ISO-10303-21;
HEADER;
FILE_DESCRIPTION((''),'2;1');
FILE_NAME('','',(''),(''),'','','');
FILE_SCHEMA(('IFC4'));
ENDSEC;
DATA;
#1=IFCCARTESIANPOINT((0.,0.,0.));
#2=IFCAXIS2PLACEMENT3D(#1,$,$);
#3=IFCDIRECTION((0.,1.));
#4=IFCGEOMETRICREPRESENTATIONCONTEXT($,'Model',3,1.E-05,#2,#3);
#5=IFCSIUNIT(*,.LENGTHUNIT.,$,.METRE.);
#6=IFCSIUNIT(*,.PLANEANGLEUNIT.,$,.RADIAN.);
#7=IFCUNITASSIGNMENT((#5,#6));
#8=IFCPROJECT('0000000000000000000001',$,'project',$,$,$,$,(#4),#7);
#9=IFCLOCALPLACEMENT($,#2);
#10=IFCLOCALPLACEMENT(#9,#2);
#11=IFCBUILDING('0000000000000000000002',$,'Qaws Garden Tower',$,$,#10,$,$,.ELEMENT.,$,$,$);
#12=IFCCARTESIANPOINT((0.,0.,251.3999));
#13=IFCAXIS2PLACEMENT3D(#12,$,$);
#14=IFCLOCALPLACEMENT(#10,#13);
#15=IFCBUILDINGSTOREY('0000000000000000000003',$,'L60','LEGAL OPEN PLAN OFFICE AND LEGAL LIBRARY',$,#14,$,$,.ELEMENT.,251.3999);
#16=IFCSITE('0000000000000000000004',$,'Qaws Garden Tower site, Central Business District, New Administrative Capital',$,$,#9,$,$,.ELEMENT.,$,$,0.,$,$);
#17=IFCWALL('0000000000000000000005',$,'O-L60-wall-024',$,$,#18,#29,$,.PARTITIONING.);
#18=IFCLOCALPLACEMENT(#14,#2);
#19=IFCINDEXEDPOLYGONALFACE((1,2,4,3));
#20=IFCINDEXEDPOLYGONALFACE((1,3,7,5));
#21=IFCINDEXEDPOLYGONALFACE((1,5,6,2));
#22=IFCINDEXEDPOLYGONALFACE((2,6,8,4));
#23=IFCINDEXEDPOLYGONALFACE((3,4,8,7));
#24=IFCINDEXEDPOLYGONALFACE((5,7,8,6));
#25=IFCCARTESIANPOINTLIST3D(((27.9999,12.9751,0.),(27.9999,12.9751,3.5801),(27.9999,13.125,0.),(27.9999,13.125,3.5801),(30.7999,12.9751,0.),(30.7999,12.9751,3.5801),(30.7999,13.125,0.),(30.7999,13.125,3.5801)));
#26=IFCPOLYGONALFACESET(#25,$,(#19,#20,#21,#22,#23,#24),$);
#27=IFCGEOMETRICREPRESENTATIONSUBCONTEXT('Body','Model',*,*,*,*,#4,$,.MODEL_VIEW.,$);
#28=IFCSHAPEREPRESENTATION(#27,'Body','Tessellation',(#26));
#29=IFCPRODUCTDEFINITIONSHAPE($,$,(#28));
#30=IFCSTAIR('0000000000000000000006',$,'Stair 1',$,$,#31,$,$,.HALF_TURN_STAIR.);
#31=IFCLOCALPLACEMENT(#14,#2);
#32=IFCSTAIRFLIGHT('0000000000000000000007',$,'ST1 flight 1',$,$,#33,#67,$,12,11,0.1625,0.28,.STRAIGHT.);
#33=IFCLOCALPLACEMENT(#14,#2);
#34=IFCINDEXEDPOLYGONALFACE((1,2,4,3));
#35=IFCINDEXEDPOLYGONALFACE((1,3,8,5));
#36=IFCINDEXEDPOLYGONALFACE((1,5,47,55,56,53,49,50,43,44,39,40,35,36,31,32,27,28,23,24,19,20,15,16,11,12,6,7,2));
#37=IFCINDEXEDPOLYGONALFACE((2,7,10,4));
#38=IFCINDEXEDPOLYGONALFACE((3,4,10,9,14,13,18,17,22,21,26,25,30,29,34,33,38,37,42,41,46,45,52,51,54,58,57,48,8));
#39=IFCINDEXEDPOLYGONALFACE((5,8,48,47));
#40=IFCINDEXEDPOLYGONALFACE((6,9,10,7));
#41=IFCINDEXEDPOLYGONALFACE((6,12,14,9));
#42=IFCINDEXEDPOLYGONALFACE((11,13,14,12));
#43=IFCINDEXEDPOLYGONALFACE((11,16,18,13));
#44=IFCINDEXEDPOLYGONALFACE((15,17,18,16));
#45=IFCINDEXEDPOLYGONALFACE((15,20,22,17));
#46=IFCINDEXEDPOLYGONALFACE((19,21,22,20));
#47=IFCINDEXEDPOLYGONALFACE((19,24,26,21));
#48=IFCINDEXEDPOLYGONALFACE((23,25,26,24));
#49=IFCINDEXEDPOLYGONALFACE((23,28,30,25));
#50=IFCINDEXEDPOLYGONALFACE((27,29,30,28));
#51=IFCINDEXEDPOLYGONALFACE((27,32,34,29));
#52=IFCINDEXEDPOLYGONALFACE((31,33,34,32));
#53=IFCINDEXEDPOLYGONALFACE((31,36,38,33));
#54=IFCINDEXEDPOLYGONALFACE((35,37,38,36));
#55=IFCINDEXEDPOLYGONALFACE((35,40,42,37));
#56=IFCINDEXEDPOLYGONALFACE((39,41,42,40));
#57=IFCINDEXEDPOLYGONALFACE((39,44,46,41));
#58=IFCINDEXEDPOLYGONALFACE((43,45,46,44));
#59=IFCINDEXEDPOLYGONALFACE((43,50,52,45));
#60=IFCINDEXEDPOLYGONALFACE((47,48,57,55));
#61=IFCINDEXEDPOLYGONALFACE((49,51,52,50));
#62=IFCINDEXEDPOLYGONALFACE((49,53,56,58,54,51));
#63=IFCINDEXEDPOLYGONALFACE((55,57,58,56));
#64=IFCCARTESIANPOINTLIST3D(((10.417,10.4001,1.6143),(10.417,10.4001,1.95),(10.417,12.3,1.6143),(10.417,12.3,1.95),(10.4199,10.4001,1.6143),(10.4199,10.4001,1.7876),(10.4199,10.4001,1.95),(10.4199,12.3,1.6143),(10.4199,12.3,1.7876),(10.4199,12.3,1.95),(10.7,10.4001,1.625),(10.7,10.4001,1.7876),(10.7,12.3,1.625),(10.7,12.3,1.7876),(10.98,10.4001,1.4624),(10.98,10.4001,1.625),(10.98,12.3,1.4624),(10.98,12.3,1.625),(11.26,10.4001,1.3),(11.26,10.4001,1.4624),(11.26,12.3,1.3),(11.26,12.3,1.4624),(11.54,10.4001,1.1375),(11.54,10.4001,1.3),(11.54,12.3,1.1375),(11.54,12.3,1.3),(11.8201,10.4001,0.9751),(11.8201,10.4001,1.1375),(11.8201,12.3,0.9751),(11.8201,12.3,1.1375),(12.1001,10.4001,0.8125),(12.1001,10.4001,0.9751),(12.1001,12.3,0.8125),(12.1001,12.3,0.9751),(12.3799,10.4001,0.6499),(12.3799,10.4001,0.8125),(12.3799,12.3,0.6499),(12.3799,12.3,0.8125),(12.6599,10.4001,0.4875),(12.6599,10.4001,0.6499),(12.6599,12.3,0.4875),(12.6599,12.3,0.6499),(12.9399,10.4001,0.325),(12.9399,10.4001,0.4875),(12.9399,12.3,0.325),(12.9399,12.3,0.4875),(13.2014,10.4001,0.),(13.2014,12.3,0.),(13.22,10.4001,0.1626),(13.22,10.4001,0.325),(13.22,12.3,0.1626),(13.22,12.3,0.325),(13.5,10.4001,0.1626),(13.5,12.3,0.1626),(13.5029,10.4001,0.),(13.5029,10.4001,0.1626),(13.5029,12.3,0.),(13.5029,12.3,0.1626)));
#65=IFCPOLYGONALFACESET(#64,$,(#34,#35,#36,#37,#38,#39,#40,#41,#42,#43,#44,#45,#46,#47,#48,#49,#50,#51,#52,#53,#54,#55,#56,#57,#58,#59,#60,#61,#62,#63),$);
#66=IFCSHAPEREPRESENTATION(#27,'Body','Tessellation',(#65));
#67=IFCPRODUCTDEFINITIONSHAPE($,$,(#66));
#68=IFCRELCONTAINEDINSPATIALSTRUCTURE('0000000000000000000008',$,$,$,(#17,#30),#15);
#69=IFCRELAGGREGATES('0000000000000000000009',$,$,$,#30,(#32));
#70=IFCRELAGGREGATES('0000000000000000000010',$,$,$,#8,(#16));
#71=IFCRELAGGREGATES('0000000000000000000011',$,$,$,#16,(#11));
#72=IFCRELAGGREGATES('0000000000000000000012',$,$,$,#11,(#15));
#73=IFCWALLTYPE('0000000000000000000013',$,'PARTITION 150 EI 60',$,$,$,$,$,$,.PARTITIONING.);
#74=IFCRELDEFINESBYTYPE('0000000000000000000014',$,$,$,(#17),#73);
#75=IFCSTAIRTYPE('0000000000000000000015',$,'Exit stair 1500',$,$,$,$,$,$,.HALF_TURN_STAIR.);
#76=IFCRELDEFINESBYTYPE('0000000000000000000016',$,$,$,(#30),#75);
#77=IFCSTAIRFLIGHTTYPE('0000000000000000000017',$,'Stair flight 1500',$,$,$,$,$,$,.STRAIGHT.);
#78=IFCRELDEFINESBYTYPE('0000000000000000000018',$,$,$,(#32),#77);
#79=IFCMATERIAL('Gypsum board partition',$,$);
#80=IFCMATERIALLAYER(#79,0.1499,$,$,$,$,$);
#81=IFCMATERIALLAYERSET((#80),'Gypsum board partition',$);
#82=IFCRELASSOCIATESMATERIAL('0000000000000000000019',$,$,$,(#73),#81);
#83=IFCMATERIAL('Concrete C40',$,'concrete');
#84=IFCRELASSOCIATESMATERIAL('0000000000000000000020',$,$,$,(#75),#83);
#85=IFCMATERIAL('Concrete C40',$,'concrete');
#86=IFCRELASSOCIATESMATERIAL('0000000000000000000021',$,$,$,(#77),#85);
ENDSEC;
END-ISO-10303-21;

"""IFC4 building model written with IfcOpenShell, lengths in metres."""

from ifc_helpers import new_model, si_unit, direction, frame, frame_2d, origin, place, context, subcontext, project, spatial, polyline, rectangle, outline, extrude, material, layer, layer_set, type_object, element, aggregate, save


model = new_model("IFC4")

# Units and contexts
model_context = context("Model", 3, precision=1e-05, world=origin(), true_north=direction((0.0, 1.0)))
body_context = subcontext(model_context, "Body", "Model", "MODEL_VIEW")
ifc_project = project(units=[si_unit("LENGTHUNIT", "METRE"), si_unit("PLANEANGLEUNIT", "RADIAN")], contexts=[model_context])

# Site, building, storey
site_placement = place(None, origin())
site = spatial("IfcSite", under=ifc_project, at=site_placement, Name="Qaws Garden Tower site, Central Business District, New Administrative Capital", CompositionType="ELEMENT", RefElevation=0.0)
building_placement = place(site_placement, origin())
building = spatial("IfcBuilding", under=site, at=building_placement, Name="Qaws Garden Tower", CompositionType="ELEMENT")
storey_placement = place(building_placement, frame((0.0, 0.0, 251.3999)))
storey = spatial("IfcBuildingStorey", under=building, at=storey_placement, Name="L60", Description="LEGAL OPEN PLAN OFFICE AND LEGAL LIBRARY", CompositionType="ELEMENT", Elevation=251.3999)

# Wall
ifc_material_1 = material(Name="Gypsum board partition")
ifc_layer_1 = layer(ifc_material_1, 0.1499)
ifc_layer_set_1 = layer_set([ifc_layer_1], Name="Gypsum board partition")
wall_type_1 = type_object("IfcWallType", Name="PARTITION 150 EI 60", PredefinedType="PARTITIONING", material=ifc_layer_set_1)
wall_1_placement = place(storey_placement, frame((28.0, 13.05, 0.0), z_axis=(0.0, 0.0, 1.0), x_axis=(1.0, 0.0, 0.0)))
element("IfcWall", 1, at=wall_1_placement, inside=storey, type_object=wall_type_1, Name="O-L60-wall-024", PredefinedType="PARTITIONING", context=body_context, shape_type="SweptSolid", body=[
    extrude(rectangle(XDim=2.8, YDim=0.1499, at=frame_2d((1.3999, 0.0))), origin(), (0.0, 0.0, 1.0), 3.5801),
])

# Stair, stair flight
ifc_material_2 = material(Name="Concrete C40", Category="concrete")
stair_type = type_object("IfcStairType", Name="Exit stair 1500", PredefinedType="HALF_TURN_STAIR", material=ifc_material_2)
stair_placement = place(storey_placement, origin())
stair = element("IfcStair", 2, at=stair_placement, inside=storey, type_object=stair_type, Name="Stair 1", PredefinedType="HALF_TURN_STAIR")
ifc_material_3 = material(Name="Concrete C40", Category="concrete")
stair_flight_type = type_object("IfcStairFlightType", Name="Stair flight 1500", PredefinedType="STRAIGHT", material=ifc_material_3)
stair_flight_placement = place(storey_placement, frame((13.5, 11.3501, 0.0), z_axis=(0.0, 0.0, 1.0), x_axis=(-1.0, 0.0, 0.0)))
stair_flight = element("IfcStairFlight", 3, at=stair_flight_placement, type_object=stair_flight_type, Name="ST1 flight 1", NumberOfRisers=12, NumberOfTreads=11, PredefinedType="STRAIGHT", RiserHeight=0.1625, TreadLength=0.28, context=body_context, shape_type="SweptSolid", body=[
    extrude(outline(polyline([(-0.0029, 0.0), (-0.0029, 0.1626), (0.0, 0.1626), (0.28, 0.1626), (0.28, 0.325), (0.5601, 0.325), (0.5601, 0.4875), (0.8401, 0.4875), (0.8401, 0.6499), (1.1201, 0.6499), (1.1201, 0.8125), (1.3999, 0.8125), (1.3999, 0.9751), (1.6799, 0.9751), (1.6799, 1.1375), (1.96, 1.1375), (1.96, 1.3), (2.24, 1.3), (2.24, 1.4624), (2.52, 1.4624), (2.52, 1.625), (2.8, 1.625), (2.8, 1.7876), (3.0801, 1.7876), (3.0801, 1.95), (3.083, 1.95), (3.083, 1.6143), (3.0801, 1.6143), (0.2986, 0.0), (-0.0029, 0.0)])), frame((0.0, 0.95, 0.0), z_axis=(0.0, -1.0, 0.0), x_axis=(1.0, 0.0, 0.0)), (0.0, 0.0, 1.0), 1.8999),
])
aggregate(stair, [stair_flight])

save(model, "model.ifc")
